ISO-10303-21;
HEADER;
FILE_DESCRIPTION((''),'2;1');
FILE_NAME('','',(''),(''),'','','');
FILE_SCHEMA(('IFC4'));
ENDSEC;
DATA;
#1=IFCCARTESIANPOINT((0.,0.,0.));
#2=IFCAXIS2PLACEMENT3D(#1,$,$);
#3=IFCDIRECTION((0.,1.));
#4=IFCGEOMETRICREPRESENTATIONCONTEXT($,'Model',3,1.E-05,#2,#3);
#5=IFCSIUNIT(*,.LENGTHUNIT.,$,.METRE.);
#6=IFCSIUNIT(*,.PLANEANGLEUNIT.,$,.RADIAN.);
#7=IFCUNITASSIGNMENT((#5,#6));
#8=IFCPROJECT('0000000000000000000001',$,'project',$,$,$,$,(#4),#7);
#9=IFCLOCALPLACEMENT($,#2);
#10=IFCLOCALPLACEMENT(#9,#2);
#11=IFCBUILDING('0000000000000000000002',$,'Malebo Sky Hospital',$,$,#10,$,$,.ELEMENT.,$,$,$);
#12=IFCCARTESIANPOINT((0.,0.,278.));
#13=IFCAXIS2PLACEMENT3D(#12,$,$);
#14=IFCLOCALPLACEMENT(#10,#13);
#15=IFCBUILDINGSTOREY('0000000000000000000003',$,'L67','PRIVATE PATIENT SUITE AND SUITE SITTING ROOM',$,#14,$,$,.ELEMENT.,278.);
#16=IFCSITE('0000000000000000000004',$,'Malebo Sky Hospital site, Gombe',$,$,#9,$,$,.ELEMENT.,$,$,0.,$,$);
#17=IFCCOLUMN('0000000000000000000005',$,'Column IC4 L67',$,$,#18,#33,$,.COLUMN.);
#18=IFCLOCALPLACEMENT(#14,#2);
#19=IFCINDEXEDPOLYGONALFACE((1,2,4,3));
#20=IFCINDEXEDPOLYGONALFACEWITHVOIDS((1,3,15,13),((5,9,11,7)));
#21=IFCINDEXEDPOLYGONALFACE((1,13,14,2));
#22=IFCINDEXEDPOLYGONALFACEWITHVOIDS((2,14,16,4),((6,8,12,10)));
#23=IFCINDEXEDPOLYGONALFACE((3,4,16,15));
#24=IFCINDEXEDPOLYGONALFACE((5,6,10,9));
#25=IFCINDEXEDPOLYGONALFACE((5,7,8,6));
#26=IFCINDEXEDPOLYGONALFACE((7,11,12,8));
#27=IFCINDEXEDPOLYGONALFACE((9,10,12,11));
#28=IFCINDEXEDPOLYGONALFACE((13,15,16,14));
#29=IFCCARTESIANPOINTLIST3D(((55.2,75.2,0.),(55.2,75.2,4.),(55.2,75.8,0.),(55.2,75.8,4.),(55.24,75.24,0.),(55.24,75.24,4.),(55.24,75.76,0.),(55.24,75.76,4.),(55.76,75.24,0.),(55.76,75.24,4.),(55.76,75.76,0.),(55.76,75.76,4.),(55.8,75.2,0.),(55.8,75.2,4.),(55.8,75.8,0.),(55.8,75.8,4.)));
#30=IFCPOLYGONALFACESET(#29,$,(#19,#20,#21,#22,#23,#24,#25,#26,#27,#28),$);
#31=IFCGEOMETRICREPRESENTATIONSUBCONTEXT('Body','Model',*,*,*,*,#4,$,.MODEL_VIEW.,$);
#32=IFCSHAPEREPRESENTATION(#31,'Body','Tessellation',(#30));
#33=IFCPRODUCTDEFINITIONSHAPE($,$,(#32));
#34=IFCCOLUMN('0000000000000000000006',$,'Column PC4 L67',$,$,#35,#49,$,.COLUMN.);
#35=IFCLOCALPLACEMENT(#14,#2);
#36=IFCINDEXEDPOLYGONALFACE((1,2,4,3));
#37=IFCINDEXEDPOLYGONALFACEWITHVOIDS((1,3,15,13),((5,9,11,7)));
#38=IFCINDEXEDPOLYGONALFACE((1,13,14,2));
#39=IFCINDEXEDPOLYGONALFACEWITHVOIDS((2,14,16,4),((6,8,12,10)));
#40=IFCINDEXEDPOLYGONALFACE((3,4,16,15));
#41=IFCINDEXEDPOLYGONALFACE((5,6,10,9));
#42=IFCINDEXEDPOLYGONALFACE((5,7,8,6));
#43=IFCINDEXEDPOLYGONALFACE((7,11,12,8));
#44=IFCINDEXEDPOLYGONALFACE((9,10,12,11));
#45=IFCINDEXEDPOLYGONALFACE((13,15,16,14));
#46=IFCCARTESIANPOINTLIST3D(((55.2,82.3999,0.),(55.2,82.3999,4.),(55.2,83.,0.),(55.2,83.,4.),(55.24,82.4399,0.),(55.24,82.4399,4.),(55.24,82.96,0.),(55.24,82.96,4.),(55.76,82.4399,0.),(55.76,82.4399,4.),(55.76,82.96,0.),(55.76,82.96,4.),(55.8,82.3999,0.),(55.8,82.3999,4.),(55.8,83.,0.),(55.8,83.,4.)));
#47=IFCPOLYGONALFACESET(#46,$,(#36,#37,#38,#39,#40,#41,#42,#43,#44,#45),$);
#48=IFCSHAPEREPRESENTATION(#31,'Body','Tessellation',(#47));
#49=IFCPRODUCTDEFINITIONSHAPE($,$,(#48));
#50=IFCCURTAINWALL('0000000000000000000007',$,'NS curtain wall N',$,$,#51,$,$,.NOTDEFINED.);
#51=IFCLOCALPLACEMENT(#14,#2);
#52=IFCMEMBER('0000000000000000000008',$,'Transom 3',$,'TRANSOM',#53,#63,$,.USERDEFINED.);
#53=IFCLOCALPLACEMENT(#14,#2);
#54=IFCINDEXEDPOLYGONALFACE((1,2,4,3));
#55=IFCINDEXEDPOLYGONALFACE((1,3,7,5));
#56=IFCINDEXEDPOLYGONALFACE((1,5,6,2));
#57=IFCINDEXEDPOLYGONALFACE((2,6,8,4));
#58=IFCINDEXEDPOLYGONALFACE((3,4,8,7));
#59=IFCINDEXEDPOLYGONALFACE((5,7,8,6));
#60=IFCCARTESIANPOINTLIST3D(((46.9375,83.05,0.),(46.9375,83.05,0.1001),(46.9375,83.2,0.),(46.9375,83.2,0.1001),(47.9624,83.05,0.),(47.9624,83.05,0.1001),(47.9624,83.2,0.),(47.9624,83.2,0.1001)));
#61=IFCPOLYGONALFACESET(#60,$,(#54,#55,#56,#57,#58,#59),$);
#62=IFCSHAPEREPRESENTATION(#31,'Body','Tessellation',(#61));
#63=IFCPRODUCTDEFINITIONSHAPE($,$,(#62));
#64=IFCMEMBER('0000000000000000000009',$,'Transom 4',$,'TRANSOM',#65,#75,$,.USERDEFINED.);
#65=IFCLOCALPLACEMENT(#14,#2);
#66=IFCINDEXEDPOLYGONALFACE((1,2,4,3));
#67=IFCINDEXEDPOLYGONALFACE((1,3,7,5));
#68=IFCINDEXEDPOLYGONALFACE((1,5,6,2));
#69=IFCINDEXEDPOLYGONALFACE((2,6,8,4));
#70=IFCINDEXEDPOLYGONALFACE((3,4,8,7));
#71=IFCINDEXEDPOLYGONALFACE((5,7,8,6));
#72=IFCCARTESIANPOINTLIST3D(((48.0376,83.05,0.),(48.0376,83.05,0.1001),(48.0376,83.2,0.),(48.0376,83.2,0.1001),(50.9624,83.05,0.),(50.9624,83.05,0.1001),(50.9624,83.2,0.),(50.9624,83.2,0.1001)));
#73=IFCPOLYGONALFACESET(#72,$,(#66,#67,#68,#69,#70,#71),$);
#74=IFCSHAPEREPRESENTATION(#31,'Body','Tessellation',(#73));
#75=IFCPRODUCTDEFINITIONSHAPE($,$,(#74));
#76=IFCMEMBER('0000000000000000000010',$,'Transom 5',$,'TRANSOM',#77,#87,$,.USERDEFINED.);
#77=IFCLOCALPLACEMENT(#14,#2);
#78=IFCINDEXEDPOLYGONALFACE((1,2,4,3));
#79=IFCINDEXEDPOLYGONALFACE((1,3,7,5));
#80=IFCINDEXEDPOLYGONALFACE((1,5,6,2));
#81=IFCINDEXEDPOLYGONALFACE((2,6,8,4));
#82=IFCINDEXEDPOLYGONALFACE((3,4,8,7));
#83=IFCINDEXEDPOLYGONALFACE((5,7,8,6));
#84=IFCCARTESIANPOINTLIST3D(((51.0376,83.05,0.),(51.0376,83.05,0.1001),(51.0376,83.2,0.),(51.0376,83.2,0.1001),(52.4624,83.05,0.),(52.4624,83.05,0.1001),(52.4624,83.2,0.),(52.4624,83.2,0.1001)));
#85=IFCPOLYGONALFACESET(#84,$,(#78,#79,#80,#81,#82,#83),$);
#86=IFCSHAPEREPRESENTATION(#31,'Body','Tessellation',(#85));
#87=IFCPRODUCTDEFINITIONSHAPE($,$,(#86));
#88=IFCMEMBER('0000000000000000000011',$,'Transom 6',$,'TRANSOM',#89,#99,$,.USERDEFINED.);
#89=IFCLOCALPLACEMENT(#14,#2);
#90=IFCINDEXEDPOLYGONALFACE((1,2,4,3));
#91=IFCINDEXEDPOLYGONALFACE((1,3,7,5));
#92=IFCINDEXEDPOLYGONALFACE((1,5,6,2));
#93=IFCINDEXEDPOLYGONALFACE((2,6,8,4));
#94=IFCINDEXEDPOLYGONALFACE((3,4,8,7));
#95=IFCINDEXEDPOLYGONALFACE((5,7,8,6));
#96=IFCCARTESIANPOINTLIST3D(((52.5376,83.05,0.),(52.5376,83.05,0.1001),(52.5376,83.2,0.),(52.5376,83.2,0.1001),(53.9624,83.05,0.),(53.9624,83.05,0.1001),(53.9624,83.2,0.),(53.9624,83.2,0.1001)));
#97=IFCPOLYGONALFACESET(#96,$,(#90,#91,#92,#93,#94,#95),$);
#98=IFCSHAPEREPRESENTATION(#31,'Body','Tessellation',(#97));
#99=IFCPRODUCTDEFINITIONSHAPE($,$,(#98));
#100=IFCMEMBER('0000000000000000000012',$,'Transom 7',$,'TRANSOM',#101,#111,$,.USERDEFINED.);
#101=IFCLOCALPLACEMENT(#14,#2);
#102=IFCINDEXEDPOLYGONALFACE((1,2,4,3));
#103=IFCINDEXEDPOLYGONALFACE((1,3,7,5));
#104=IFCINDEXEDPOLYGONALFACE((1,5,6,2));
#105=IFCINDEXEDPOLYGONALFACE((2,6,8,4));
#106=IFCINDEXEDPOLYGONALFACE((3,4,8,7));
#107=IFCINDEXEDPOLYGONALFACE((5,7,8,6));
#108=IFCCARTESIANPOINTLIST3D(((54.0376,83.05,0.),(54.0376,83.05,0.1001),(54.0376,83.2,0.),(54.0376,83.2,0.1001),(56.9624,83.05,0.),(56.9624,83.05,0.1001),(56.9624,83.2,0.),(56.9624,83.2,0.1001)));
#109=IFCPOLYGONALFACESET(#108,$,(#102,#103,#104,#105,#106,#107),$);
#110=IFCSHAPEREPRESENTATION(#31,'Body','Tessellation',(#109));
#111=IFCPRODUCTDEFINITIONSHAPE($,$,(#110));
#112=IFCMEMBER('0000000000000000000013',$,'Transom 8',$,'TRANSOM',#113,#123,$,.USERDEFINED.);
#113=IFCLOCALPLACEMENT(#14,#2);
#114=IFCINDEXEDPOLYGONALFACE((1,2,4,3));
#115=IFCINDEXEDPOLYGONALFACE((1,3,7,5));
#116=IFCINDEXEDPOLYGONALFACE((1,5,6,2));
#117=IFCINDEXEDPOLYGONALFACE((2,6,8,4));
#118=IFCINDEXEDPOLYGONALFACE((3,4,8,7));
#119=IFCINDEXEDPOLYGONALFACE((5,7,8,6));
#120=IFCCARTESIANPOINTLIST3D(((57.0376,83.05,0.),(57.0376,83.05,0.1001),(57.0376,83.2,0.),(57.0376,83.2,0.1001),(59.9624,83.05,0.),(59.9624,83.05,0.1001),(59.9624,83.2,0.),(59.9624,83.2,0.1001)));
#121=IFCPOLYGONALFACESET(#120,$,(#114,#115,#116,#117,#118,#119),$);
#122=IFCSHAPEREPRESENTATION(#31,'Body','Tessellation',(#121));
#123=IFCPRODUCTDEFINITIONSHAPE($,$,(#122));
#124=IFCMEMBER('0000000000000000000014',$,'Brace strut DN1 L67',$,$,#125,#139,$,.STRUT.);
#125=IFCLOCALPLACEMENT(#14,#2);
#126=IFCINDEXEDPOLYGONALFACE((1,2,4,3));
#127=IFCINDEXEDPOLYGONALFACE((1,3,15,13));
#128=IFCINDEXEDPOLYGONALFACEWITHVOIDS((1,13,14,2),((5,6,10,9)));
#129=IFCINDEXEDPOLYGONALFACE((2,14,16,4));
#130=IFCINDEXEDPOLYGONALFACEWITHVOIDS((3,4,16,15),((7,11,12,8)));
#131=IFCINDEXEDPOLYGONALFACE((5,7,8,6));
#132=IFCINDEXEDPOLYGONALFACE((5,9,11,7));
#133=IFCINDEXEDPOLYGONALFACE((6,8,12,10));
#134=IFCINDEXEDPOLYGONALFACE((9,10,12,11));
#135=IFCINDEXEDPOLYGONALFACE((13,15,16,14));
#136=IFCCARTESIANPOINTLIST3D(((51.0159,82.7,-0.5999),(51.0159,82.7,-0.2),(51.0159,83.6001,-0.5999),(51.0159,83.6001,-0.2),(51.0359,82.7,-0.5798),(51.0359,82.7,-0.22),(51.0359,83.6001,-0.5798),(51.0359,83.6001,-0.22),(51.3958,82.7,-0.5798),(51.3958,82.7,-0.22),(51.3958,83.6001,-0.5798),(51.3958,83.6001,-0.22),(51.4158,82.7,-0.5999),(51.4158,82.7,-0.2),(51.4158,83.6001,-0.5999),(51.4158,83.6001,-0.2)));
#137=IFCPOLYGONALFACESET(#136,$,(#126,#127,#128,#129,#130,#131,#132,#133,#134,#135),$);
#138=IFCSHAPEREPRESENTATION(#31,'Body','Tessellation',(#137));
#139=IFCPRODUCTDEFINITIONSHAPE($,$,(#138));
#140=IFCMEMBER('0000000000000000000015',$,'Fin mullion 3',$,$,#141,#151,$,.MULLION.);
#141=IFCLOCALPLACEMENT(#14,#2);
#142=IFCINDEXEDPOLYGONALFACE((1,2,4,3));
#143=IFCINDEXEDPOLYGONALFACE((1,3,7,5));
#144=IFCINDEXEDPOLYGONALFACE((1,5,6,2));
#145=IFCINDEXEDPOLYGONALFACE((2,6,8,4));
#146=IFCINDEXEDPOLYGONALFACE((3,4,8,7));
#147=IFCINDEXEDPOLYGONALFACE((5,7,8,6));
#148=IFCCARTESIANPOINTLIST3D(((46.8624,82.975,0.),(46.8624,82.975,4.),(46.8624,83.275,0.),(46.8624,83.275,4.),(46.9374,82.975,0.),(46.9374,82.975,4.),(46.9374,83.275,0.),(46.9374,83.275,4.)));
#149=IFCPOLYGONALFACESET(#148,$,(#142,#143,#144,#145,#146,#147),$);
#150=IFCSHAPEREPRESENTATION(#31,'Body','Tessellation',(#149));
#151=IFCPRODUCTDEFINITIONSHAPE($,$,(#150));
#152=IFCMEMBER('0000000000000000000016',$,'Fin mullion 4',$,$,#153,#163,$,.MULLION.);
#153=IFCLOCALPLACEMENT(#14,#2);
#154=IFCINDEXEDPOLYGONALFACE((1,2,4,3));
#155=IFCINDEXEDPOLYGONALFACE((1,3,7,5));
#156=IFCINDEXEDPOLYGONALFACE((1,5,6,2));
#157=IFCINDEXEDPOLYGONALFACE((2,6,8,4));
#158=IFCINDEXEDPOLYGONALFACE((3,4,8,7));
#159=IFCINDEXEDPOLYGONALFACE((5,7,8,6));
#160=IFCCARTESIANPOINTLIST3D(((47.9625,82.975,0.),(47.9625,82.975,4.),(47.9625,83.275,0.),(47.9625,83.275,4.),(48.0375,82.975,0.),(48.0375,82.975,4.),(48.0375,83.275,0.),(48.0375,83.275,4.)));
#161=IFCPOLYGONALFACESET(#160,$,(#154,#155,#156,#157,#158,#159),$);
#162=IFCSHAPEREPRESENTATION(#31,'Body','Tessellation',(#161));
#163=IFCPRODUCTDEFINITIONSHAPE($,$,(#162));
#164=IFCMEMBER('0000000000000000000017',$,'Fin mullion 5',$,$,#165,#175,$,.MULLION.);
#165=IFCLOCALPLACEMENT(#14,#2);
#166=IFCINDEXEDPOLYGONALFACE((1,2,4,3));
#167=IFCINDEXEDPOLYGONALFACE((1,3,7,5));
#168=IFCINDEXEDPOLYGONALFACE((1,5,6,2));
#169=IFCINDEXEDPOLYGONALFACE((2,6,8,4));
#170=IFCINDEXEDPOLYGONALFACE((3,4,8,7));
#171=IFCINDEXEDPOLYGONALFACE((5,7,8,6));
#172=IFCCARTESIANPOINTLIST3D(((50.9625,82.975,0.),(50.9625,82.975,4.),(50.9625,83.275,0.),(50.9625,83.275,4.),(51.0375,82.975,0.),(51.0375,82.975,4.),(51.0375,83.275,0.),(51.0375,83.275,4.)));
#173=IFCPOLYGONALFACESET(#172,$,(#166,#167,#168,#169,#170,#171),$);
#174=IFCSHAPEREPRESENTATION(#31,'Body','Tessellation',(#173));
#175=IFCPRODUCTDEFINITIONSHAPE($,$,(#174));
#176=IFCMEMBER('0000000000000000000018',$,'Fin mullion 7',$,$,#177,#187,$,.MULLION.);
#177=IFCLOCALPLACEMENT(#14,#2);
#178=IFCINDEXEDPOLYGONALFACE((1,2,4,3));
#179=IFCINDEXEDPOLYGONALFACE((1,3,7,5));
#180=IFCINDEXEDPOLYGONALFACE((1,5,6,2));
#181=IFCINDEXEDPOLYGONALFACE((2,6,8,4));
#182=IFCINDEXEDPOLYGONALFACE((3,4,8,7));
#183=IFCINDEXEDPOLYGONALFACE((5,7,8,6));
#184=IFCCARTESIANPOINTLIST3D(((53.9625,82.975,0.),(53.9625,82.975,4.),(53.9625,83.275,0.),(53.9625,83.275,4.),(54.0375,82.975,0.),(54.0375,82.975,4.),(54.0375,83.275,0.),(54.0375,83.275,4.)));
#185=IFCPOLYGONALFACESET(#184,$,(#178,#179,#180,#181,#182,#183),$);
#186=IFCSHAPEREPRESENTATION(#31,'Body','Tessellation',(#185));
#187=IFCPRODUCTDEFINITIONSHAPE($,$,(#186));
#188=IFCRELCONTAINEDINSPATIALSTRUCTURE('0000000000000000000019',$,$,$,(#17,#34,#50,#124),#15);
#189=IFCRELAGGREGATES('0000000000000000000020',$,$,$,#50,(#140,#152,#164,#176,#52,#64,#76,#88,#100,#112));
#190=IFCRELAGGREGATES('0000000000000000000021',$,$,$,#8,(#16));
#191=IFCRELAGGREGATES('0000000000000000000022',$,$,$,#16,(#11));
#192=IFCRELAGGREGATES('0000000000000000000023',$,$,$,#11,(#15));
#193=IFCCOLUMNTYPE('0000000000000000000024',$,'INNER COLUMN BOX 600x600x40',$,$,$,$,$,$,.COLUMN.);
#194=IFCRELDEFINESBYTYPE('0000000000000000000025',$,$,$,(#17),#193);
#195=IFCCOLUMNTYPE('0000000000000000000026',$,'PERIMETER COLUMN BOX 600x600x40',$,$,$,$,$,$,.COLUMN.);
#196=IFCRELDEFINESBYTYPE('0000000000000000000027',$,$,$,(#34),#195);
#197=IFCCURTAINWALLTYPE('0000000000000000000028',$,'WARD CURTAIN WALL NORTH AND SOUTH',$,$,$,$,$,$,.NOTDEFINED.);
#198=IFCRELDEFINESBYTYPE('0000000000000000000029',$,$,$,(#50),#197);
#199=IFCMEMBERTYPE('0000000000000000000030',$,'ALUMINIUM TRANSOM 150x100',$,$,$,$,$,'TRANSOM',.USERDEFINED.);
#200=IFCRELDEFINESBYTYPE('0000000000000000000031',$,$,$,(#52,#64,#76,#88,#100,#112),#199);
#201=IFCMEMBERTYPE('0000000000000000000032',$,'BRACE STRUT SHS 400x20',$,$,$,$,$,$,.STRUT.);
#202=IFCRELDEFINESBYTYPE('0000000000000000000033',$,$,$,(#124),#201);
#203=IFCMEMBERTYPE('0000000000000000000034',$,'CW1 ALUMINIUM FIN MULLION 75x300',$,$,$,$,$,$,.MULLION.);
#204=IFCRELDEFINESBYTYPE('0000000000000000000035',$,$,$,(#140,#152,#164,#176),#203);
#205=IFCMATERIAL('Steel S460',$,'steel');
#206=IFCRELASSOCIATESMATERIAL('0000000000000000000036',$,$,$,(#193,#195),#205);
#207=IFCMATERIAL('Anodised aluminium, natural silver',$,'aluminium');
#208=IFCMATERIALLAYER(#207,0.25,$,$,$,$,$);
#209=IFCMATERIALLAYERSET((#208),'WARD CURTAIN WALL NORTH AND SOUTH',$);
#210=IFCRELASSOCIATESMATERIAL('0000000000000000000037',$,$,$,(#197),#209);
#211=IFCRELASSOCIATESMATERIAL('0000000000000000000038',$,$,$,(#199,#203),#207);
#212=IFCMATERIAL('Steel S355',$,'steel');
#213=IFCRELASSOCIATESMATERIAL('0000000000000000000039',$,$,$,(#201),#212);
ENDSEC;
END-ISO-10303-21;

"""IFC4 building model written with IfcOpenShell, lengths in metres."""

from ifc_helpers import new_model, si_unit, direction, frame, origin, origin_2d, place, context, subcontext, project, spatial, rectangle, hollow_rectangle, extrude, material, layer, layer_set, material_profile, profile_set, type_object, element, aggregate, save


model = new_model("IFC4")

# Units and contexts
model_context = context("Model", 3, precision=1e-05, world=origin(), true_north=direction((0.0, 1.0)))
body_context = subcontext(model_context, "Body", "Model", "MODEL_VIEW")
ifc_project = project(units=[si_unit("LENGTHUNIT", "METRE"), si_unit("PLANEANGLEUNIT", "RADIAN")], contexts=[model_context])

# Site, building, storey
site_placement = place(None, origin())
site = spatial("IfcSite", under=ifc_project, at=site_placement, Name="Malebo Sky Hospital site, Gombe", CompositionType="ELEMENT", RefElevation=0.0)
building_placement = place(site_placement, origin())
building = spatial("IfcBuilding", under=site, at=building_placement, Name="Malebo Sky Hospital", CompositionType="ELEMENT")
storey_placement = place(building_placement, frame((0.0, 0.0, 278.0)))
storey = spatial("IfcBuildingStorey", under=building, at=storey_placement, Name="L67", Description="PRIVATE PATIENT SUITE AND SUITE SITTING ROOM", CompositionType="ELEMENT", Elevation=278.0)

# Columns
ifc_material_1 = material(Name="Steel S460", Category="steel")
ifc_material_profile_1 = material_profile(ifc_material_1, hollow_rectangle(XDim=0.6001, YDim=0.6001, WallThickness=0.04, at=origin_2d()), Name="BOX 600x600x40")
ifc_profile_set_1 = profile_set([ifc_material_profile_1], Name="Steel S460")
column_type_1 = type_object("IfcColumnType", Name="INNER COLUMN BOX 600x600x40", PredefinedType="COLUMN", material=ifc_profile_set_1)
column_1_placement = place(storey_placement, frame((55.5, 75.5, 0.0), z_axis=(0.0, 0.0, 1.0), x_axis=(1.0, 0.0, 0.0)))
element("IfcColumn", 1, at=column_1_placement, inside=storey, type_object=column_type_1, Name="Column IC4 L67", PredefinedType="COLUMN", context=body_context, shape_type="SweptSolid", body=[
    extrude(hollow_rectangle(XDim=0.6001, YDim=0.6001, WallThickness=0.04, at=origin_2d()), origin(), (0.0, 0.0, 1.0), 4.0),
])
ifc_material_profile_2 = material_profile(ifc_material_1, hollow_rectangle(XDim=0.6001, YDim=0.6001, WallThickness=0.04, at=origin_2d()), Name="BOX 600x600x40")
ifc_profile_set_2 = profile_set([ifc_material_profile_2], Name="Steel S460")
column_type_2 = type_object("IfcColumnType", Name="PERIMETER COLUMN BOX 600x600x40", PredefinedType="COLUMN", material=ifc_profile_set_2)
column_2_placement = place(storey_placement, frame((55.5, 82.7, 0.0), z_axis=(0.0, 0.0, 1.0), x_axis=(1.0, 0.0, 0.0)))
element("IfcColumn", 2, at=column_2_placement, inside=storey, type_object=column_type_2, Name="Column PC4 L67", PredefinedType="COLUMN", context=body_context, shape_type="SweptSolid", body=[
    extrude(hollow_rectangle(XDim=0.6001, YDim=0.6001, WallThickness=0.04, at=origin_2d()), origin(), (0.0, 0.0, 1.0), 4.0),
])

# Curtain wall, members
ifc_material_2 = material(Name="Anodised aluminium, natural silver", Category="aluminium")
ifc_layer_1 = layer(ifc_material_2, 0.25)
ifc_layer_set_1 = layer_set([ifc_layer_1], Name="WARD CURTAIN WALL NORTH AND SOUTH")
curtain_wall_type = type_object("IfcCurtainWallType", Name="WARD CURTAIN WALL NORTH AND SOUTH", PredefinedType="NOTDEFINED", material=ifc_layer_set_1)
curtain_wall_placement = place(storey_placement, origin())
curtain_wall = element("IfcCurtainWall", 3, at=curtain_wall_placement, inside=storey, type_object=curtain_wall_type, Name="NS curtain wall N", PredefinedType="NOTDEFINED")
ifc_material_profile_3 = material_profile(ifc_material_2, rectangle(XDim=0.1499, YDim=0.1001, at=origin_2d()), Name="ALUMINIUM TRANSOM 150x100")
ifc_profile_set_3 = profile_set([ifc_material_profile_3], Name="Anodised aluminium, natural silver")
member_type_1 = type_object("IfcMemberType", Name="ALUMINIUM TRANSOM 150x100", ElementType="TRANSOM", PredefinedType="USERDEFINED", material=ifc_profile_set_3)
member_1_placement = place(storey_placement, frame((46.9375, 83.125, 0.05), z_axis=(1.0, 0.0, 0.0), x_axis=(0.0, 1.0, 0.0)))
member_1 = element("IfcMember", 4, at=member_1_placement, type_object=member_type_1, Name="Transom 3", ObjectType="TRANSOM", PredefinedType="USERDEFINED", context=body_context, shape_type="SweptSolid", body=[
    extrude(rectangle(XDim=0.1499, YDim=0.1001, at=origin_2d()), origin(), (0.0, 0.0, 1.0), 1.0249),
])
member_2_placement = place(storey_placement, frame((48.0376, 83.125, 0.05), z_axis=(1.0, 0.0, 0.0), x_axis=(0.0, 1.0, 0.0)))
member_2 = element("IfcMember", 5, at=member_2_placement, type_object=member_type_1, Name="Transom 4", ObjectType="TRANSOM", PredefinedType="USERDEFINED", context=body_context, shape_type="SweptSolid", body=[
    extrude(rectangle(XDim=0.1499, YDim=0.1001, at=origin_2d()), origin(), (0.0, 0.0, 1.0), 2.9248),
])
member_3_placement = place(storey_placement, frame((51.0376, 83.125, 0.05), z_axis=(1.0, 0.0, 0.0), x_axis=(0.0, 1.0, 0.0)))
member_3 = element("IfcMember", 6, at=member_3_placement, type_object=member_type_1, Name="Transom 5", ObjectType="TRANSOM", PredefinedType="USERDEFINED", context=body_context, shape_type="SweptSolid", body=[
    extrude(rectangle(XDim=0.1499, YDim=0.1001, at=origin_2d()), origin(), (0.0, 0.0, 1.0), 1.4248),
])
member_4_placement = place(storey_placement, frame((52.5376, 83.125, 0.05), z_axis=(1.0, 0.0, 0.0), x_axis=(0.0, 1.0, 0.0)))
member_4 = element("IfcMember", 7, at=member_4_placement, type_object=member_type_1, Name="Transom 6", ObjectType="TRANSOM", PredefinedType="USERDEFINED", context=body_context, shape_type="SweptSolid", body=[
    extrude(rectangle(XDim=0.1499, YDim=0.1001, at=origin_2d()), origin(), (0.0, 0.0, 1.0), 1.4248),
])
member_5_placement = place(storey_placement, frame((54.0376, 83.125, 0.05), z_axis=(1.0, 0.0, 0.0), x_axis=(0.0, 1.0, 0.0)))
member_5 = element("IfcMember", 8, at=member_5_placement, type_object=member_type_1, Name="Transom 7", ObjectType="TRANSOM", PredefinedType="USERDEFINED", context=body_context, shape_type="SweptSolid", body=[
    extrude(rectangle(XDim=0.1499, YDim=0.1001, at=origin_2d()), origin(), (0.0, 0.0, 1.0), 2.9248),
])
member_6_placement = place(storey_placement, frame((57.0376, 83.125, 0.05), z_axis=(1.0, 0.0, 0.0), x_axis=(0.0, 1.0, 0.0)))
member_6 = element("IfcMember", 9, at=member_6_placement, type_object=member_type_1, Name="Transom 8", ObjectType="TRANSOM", PredefinedType="USERDEFINED", context=body_context, shape_type="SweptSolid", body=[
    extrude(rectangle(XDim=0.1499, YDim=0.1001, at=origin_2d()), origin(), (0.0, 0.0, 1.0), 2.9248),
])

# Members
ifc_material_3 = material(Name="Steel S355", Category="steel")
ifc_material_profile_4 = material_profile(ifc_material_3, hollow_rectangle(XDim=0.3999, YDim=0.3999, WallThickness=0.02, at=origin_2d()), Name="SHS 400x20")
ifc_profile_set_4 = profile_set([ifc_material_profile_4], Name="Steel S355")
member_type_2 = type_object("IfcMemberType", Name="BRACE STRUT SHS 400x20", PredefinedType="STRUT", material=ifc_profile_set_4)
member_7_placement = place(storey_placement, frame((51.2158, 83.6001, -0.3999), z_axis=(0.0, -1.0, 0.0), x_axis=(1.0, 0.0, 0.0)))
element("IfcMember", 10, at=member_7_placement, inside=storey, type_object=member_type_2, Name="Brace strut DN1 L67", PredefinedType="STRUT", context=body_context, shape_type="SweptSolid", body=[
    extrude(hollow_rectangle(XDim=0.3999, YDim=0.3999, WallThickness=0.02, at=origin_2d()), origin(), (0.0, 0.0, 1.0), 0.9001),
])
ifc_material_profile_5 = material_profile(ifc_material_2, rectangle(XDim=0.075, YDim=0.3, at=origin_2d()), Name="CW1 ALUMINIUM FIN MULLION 75x300")
ifc_profile_set_5 = profile_set([ifc_material_profile_5], Name="Anodised aluminium, natural silver")
member_type_3 = type_object("IfcMemberType", Name="CW1 ALUMINIUM FIN MULLION 75x300", PredefinedType="MULLION", material=ifc_profile_set_5)
member_8_placement = place(storey_placement, frame((46.8999, 83.125, 0.0), z_axis=(0.0, 0.0, 1.0), x_axis=(1.0, 0.0, 0.0)))
member_8 = element("IfcMember", 11, at=member_8_placement, type_object=member_type_3, Name="Fin mullion 3", PredefinedType="MULLION", context=body_context, shape_type="SweptSolid", body=[
    extrude(rectangle(XDim=0.075, YDim=0.3, at=origin_2d()), origin(), (0.0, 0.0, 1.0), 4.0),
])
member_9_placement = place(storey_placement, frame((48.0, 83.125, 0.0), z_axis=(0.0, 0.0, 1.0), x_axis=(1.0, 0.0, 0.0)))
member_9 = element("IfcMember", 12, at=member_9_placement, type_object=member_type_3, Name="Fin mullion 4", PredefinedType="MULLION", context=body_context, shape_type="SweptSolid", body=[
    extrude(rectangle(XDim=0.075, YDim=0.3, at=origin_2d()), origin(), (0.0, 0.0, 1.0), 4.0),
])
member_10_placement = place(storey_placement, frame((51.0, 83.125, 0.0), z_axis=(0.0, 0.0, 1.0), x_axis=(1.0, 0.0, 0.0)))
member_10 = element("IfcMember", 13, at=member_10_placement, type_object=member_type_3, Name="Fin mullion 5", PredefinedType="MULLION", context=body_context, shape_type="SweptSolid", body=[
    extrude(rectangle(XDim=0.075, YDim=0.3, at=origin_2d()), origin(), (0.0, 0.0, 1.0), 4.0),
])
member_11_placement = place(storey_placement, frame((54.0, 83.125, 0.0), z_axis=(0.0, 0.0, 1.0), x_axis=(1.0, 0.0, 0.0)))
member_11 = element("IfcMember", 14, at=member_11_placement, type_object=member_type_3, Name="Fin mullion 7", PredefinedType="MULLION", context=body_context, shape_type="SweptSolid", body=[
    extrude(rectangle(XDim=0.075, YDim=0.3, at=origin_2d()), origin(), (0.0, 0.0, 1.0), 4.0),
])

aggregate(curtain_wall, [member_8, member_9, member_10, member_11, member_1, member_2, member_3, member_4, member_5, member_6])

save(model, "model.ifc")
